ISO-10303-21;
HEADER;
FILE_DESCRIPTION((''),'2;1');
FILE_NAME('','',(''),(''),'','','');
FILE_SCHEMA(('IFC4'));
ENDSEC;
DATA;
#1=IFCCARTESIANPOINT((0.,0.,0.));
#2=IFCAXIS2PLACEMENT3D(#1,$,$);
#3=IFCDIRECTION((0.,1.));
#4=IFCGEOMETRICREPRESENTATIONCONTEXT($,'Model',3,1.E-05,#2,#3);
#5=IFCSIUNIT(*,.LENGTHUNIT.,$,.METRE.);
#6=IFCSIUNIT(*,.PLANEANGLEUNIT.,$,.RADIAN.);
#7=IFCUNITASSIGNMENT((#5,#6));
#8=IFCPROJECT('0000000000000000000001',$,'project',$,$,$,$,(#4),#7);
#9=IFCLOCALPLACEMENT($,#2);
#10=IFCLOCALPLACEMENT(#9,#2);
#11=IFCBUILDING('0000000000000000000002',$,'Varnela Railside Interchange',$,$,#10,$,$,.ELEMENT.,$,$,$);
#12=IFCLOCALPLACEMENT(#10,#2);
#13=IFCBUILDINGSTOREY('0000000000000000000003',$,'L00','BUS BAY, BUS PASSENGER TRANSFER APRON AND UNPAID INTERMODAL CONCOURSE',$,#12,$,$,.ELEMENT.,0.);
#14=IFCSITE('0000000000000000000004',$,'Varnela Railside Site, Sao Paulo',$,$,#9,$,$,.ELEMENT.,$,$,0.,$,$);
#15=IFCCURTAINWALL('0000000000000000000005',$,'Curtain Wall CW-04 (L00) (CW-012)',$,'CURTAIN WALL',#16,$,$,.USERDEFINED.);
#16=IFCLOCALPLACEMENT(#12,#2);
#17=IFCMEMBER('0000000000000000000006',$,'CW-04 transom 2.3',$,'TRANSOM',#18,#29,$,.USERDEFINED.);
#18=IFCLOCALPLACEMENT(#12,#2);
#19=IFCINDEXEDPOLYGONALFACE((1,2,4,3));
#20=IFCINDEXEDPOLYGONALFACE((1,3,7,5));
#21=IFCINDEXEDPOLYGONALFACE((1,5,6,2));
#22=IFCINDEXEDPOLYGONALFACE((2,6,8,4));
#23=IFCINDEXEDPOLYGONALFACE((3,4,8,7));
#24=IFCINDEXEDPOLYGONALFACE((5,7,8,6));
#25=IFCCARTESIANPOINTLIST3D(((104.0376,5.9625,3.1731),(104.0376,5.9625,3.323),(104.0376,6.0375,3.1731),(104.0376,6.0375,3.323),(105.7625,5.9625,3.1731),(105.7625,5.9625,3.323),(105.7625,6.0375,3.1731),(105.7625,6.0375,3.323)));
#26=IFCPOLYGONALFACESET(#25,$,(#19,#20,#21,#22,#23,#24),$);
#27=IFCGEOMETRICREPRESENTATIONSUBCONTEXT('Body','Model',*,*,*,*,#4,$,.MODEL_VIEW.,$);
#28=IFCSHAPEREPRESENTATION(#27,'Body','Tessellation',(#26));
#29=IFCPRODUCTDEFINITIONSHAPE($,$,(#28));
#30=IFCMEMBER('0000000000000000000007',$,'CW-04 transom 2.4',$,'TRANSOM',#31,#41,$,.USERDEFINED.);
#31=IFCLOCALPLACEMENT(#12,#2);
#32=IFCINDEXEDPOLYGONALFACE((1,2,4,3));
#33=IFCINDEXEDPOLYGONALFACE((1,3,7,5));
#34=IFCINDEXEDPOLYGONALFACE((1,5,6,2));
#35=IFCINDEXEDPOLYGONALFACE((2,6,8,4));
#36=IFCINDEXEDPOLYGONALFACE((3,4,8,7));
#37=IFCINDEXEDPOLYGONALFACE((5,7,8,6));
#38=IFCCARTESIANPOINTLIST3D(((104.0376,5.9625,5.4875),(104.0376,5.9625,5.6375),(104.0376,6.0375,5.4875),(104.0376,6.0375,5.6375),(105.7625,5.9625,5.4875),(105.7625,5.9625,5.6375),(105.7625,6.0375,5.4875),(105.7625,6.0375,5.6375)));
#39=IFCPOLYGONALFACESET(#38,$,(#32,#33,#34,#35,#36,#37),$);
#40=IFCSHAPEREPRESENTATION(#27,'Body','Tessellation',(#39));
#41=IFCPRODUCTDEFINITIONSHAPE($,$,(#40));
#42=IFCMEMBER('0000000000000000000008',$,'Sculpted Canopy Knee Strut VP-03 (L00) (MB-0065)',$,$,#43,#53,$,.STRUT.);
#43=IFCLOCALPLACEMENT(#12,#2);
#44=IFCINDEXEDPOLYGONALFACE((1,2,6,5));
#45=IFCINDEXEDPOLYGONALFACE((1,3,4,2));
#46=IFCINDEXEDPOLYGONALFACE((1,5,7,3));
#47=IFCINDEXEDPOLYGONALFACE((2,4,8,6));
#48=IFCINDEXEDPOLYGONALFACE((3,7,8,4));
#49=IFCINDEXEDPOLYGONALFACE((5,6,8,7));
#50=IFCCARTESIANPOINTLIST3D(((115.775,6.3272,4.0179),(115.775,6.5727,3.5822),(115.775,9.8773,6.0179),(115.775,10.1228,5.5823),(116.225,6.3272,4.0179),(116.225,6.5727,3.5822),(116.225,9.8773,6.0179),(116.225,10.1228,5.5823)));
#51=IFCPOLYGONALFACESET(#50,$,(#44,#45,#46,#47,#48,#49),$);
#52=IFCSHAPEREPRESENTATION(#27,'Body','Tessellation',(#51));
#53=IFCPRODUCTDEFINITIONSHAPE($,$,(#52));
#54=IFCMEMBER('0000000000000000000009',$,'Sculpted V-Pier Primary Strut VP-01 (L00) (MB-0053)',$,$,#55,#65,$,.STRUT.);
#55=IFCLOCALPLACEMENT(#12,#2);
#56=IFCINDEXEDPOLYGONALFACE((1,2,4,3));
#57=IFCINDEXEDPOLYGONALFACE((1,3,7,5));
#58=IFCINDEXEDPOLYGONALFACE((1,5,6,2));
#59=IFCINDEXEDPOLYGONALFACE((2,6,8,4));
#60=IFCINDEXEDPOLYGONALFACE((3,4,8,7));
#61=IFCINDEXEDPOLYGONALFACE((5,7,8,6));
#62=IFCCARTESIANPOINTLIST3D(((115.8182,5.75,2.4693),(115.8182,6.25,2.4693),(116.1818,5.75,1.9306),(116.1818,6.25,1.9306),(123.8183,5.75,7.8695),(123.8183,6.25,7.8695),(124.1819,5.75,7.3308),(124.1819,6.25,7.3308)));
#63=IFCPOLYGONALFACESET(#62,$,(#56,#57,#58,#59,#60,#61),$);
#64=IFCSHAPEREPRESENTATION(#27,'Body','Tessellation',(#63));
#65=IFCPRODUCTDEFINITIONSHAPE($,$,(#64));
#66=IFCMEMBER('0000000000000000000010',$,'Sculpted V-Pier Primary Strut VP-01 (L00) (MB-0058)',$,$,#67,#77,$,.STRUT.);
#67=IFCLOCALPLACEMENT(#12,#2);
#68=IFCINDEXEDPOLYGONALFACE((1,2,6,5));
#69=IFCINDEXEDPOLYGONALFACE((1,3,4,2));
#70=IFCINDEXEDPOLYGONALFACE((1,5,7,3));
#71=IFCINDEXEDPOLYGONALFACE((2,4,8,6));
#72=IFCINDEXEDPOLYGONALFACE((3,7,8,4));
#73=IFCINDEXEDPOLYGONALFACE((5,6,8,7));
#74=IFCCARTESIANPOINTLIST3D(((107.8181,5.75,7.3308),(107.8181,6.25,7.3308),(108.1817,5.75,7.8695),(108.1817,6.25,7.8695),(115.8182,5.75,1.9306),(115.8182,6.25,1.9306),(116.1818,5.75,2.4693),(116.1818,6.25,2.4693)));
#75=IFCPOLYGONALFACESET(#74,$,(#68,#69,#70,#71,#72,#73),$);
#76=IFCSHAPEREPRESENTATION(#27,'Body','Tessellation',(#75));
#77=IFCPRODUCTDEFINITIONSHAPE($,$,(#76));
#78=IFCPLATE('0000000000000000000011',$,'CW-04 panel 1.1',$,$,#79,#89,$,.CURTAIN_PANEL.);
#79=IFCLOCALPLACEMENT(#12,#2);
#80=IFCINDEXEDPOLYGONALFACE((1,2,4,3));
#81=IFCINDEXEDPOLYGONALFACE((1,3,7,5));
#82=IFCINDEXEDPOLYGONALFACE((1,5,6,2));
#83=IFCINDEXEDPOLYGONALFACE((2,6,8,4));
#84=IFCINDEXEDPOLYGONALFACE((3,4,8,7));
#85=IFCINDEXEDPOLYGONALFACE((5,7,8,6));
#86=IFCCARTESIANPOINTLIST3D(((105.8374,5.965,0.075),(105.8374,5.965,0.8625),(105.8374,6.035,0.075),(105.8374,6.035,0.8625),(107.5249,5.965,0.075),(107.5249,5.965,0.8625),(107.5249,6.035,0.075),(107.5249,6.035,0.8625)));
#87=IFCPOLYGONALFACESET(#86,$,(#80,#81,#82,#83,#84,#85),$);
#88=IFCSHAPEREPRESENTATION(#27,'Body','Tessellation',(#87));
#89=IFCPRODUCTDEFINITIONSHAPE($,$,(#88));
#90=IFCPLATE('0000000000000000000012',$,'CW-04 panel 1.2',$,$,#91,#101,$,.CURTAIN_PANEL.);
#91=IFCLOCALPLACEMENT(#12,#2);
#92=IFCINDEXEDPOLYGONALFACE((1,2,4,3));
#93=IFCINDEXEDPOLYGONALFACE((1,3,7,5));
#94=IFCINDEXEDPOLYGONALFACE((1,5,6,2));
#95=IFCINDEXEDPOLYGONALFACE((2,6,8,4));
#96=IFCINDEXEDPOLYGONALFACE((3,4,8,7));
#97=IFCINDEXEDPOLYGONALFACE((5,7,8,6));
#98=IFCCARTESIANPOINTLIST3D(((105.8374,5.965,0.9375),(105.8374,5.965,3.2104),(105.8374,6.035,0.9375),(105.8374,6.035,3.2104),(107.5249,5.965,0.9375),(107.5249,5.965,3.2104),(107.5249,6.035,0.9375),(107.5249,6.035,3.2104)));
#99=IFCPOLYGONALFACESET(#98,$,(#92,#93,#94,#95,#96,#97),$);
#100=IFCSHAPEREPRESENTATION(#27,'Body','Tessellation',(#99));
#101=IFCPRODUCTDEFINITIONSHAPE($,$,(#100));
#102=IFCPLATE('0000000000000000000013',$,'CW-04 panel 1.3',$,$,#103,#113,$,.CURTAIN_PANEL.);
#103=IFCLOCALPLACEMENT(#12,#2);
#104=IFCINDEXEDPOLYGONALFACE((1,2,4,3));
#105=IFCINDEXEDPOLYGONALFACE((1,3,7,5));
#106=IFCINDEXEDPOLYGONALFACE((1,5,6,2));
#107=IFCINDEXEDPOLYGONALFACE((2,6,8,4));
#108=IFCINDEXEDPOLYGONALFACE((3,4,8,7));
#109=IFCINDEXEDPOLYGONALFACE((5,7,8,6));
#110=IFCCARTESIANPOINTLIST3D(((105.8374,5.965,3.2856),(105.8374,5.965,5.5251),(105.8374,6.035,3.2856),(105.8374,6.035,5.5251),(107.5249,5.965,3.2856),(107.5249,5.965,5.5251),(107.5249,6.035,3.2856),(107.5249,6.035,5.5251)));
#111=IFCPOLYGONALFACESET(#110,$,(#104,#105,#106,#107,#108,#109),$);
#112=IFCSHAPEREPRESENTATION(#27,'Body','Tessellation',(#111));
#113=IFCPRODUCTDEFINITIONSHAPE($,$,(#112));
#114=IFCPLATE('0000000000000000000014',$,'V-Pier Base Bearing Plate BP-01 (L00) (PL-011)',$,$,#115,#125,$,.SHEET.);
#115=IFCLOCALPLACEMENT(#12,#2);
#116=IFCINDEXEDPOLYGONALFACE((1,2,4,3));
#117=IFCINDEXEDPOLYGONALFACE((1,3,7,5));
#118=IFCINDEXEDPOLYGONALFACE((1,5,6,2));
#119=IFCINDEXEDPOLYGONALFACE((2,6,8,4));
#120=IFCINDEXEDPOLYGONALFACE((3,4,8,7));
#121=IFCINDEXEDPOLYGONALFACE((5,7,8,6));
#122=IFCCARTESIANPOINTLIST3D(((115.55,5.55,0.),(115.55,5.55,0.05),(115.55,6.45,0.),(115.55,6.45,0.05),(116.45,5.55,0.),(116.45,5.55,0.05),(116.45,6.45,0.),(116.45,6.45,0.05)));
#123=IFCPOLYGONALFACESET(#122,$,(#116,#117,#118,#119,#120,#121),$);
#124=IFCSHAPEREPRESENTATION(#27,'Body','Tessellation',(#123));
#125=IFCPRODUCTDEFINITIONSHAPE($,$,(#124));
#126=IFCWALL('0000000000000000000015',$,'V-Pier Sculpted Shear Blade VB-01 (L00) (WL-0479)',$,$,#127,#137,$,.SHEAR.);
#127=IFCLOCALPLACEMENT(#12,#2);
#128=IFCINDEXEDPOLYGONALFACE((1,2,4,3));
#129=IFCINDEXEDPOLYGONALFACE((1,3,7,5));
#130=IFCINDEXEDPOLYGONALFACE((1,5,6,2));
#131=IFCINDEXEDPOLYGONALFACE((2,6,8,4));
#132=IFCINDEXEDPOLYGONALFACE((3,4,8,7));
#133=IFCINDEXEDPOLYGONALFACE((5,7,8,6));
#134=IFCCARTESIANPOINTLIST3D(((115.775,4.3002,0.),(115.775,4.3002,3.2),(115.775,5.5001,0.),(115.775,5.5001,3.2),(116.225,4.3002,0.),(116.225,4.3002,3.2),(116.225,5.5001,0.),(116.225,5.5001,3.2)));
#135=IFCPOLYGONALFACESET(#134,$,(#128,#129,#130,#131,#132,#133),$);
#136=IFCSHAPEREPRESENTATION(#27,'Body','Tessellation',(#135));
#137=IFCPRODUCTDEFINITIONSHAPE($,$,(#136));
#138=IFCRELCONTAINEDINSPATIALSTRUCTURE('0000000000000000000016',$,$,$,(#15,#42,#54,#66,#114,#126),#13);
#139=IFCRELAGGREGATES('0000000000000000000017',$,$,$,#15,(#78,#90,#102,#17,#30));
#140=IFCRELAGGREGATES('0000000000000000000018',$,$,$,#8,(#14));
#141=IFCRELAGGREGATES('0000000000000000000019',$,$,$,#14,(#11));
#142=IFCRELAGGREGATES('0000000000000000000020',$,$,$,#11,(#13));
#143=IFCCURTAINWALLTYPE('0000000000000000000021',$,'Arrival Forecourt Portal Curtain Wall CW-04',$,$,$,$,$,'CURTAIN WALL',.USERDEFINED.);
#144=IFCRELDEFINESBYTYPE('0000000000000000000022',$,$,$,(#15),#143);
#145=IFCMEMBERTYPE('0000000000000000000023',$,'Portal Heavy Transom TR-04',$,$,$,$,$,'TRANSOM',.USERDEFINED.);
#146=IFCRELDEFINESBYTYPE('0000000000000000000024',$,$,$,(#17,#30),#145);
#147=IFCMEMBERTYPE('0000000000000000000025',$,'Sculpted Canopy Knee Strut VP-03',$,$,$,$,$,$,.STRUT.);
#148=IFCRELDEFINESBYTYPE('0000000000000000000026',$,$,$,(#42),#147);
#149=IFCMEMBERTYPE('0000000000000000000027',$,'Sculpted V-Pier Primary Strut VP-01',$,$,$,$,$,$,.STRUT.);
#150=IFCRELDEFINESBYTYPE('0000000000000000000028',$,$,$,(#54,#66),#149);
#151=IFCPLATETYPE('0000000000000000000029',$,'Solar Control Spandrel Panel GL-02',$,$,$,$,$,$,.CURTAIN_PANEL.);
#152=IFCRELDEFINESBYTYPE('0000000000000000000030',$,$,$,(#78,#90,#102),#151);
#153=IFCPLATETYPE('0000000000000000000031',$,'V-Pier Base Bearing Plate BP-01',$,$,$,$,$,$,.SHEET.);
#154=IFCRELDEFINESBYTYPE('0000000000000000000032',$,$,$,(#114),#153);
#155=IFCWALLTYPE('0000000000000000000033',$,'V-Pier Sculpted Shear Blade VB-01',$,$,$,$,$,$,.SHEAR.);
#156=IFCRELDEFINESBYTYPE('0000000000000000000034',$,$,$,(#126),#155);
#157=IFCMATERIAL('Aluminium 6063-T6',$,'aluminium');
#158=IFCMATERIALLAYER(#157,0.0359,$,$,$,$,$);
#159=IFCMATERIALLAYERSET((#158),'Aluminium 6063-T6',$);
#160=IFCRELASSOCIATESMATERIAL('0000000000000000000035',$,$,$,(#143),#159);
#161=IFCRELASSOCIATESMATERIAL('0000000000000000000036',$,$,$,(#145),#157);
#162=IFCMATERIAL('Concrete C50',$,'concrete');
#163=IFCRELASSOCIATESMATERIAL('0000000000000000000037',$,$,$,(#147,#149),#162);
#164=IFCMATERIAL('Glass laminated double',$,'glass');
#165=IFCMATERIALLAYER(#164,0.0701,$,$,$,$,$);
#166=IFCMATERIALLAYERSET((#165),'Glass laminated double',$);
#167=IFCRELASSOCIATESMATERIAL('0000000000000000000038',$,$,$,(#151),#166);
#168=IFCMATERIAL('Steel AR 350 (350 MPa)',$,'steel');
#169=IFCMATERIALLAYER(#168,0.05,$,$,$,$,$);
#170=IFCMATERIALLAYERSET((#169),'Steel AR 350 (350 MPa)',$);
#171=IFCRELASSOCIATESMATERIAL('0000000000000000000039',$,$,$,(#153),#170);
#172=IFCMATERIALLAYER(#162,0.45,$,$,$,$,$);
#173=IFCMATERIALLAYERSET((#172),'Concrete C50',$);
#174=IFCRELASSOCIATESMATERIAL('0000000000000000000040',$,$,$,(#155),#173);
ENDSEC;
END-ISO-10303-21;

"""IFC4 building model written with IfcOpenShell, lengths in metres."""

from ifc_helpers import new_model, si_unit, direction, frame, frame_2d, origin, origin_2d, place, context, subcontext, project, spatial, rectangle, extrude, material, layer, layer_set, material_profile, profile_set, type_object, element, aggregate, save


model = new_model("IFC4")

# Units and contexts
model_context = context("Model", 3, precision=1e-05, world=origin(), true_north=direction((0.0, 1.0)))
body_context = subcontext(model_context, "Body", "Model", "MODEL_VIEW")
ifc_project = project(units=[si_unit("LENGTHUNIT", "METRE"), si_unit("PLANEANGLEUNIT", "RADIAN")], contexts=[model_context])

# Site, building, storey
site_placement = place(None, origin())
site = spatial("IfcSite", under=ifc_project, at=site_placement, Name="Varnela Railside Site, Sao Paulo", CompositionType="ELEMENT", RefElevation=0.0)
building_placement = place(site_placement, origin())
building = spatial("IfcBuilding", under=site, at=building_placement, Name="Varnela Railside Interchange", CompositionType="ELEMENT")
storey_placement = place(building_placement, origin())
storey = spatial("IfcBuildingStorey", under=building, at=storey_placement, Name="L00", Description="BUS BAY, BUS PASSENGER TRANSFER APRON AND UNPAID INTERMODAL CONCOURSE", CompositionType="ELEMENT", Elevation=0.0)

# Shared definitions
ifc_material_1 = material(Name="Concrete C50", Category="concrete")

# Shared definitions
ifc_material_2 = material(Name="Aluminium 6063-T6", Category="aluminium")
ifc_layer_1 = layer(ifc_material_2, 0.0359)
ifc_layer_set_1 = layer_set([ifc_layer_1], Name="Aluminium 6063-T6")
curtain_wall_type = type_object("IfcCurtainWallType", Name="Arrival Forecourt Portal Curtain Wall CW-04", ElementType="CURTAIN WALL", PredefinedType="USERDEFINED", material=ifc_layer_set_1)

# Curtain wall, members
curtain_wall_1_placement = place(storey_placement, origin())
curtain_wall_1 = element("IfcCurtainWall", 1, at=curtain_wall_1_placement, inside=storey, type_object=curtain_wall_type, Name="Curtain Wall CW-04 (L00) (CW-012)", ObjectType="CURTAIN WALL", PredefinedType="USERDEFINED")
ifc_material_profile_1 = material_profile(ifc_material_2, rectangle(XDim=0.075, YDim=0.1499, at=origin_2d()), Name="ALU 75x150")
ifc_profile_set_1 = profile_set([ifc_material_profile_1], Name="Aluminium 6063-T6")
member_type_1 = type_object("IfcMemberType", Name="Portal Heavy Transom TR-04", ElementType="TRANSOM", PredefinedType="USERDEFINED", material=ifc_profile_set_1)
member_1_placement = place(storey_placement, frame((105.7625, 6.0, 3.248), z_axis=(-1.0, 0.0, 0.0), x_axis=(0.0, -1.0, 0.0)))
member_1 = element("IfcMember", 2, at=member_1_placement, type_object=member_type_1, Name="CW-04 transom 2.3", ObjectType="TRANSOM", PredefinedType="USERDEFINED", context=body_context, shape_type="SweptSolid", body=[
    extrude(rectangle(XDim=0.075, YDim=0.1499, at=origin_2d()), origin(), (0.0, 0.0, 1.0), 1.7249),
])
member_2_placement = place(storey_placement, frame((105.7625, 6.0, 5.5625), z_axis=(-1.0, 0.0, 0.0), x_axis=(0.0, -1.0, 0.0)))
member_2 = element("IfcMember", 3, at=member_2_placement, type_object=member_type_1, Name="CW-04 transom 2.4", ObjectType="TRANSOM", PredefinedType="USERDEFINED", context=body_context, shape_type="SweptSolid", body=[
    extrude(rectangle(XDim=0.075, YDim=0.1499, at=origin_2d()), origin(), (0.0, 0.0, 1.0), 1.7249),
])

# Members
ifc_material_profile_2 = material_profile(ifc_material_1, rectangle(XDim=0.45, YDim=0.5, at=origin_2d()), Name="RC 450x500")
ifc_profile_set_2 = profile_set([ifc_material_profile_2], Name="Concrete C50")
member_type_2 = type_object("IfcMemberType", Name="Sculpted Canopy Knee Strut VP-03", PredefinedType="STRUT", material=ifc_profile_set_2)
member_3_placement = place(storey_placement, frame((116.0, 6.45, 3.8), z_axis=(0.0, 0.871251, 0.490839), x_axis=(-1.0, 0.0, 0.0)))
element("IfcMember", 4, at=member_3_placement, inside=storey, type_object=member_type_2, Name="Sculpted Canopy Knee Strut VP-03 (L00) (MB-0065)", PredefinedType="STRUT", context=body_context, shape_type="SweptSolid", body=[
    extrude(rectangle(XDim=0.45, YDim=0.5, at=origin_2d()), origin(), (0.0, 0.0, 1.0), 4.0747),
])
ifc_material_profile_3 = material_profile(ifc_material_1, rectangle(XDim=0.5, YDim=0.6499, at=origin_2d()), Name="RC 500x650")
ifc_profile_set_3 = profile_set([ifc_material_profile_3], Name="Concrete C50")
member_type_3 = type_object("IfcMemberType", Name="Sculpted V-Pier Primary Strut VP-01", PredefinedType="STRUT", material=ifc_profile_set_3)
for number, where, z_axis, x_axis, name in (
    (5, (116.0, 6.0, 2.2), (0.828842, 0.0, 0.559483), (0.0, 1.0, 0.0), "Sculpted V-Pier Primary Strut VP-01 (L00) (MB-0053)"),
    (6, (116.0, 6.0, 2.2), (-0.828842, 0.0, 0.559483), (0.0, -1.0, 0.0), "Sculpted V-Pier Primary Strut VP-01 (L00) (MB-0058)"),
):
    element("IfcMember", number, at=place(storey_placement, frame(where, z_axis=z_axis, x_axis=x_axis)), inside=storey, type_object=member_type_3, Name=name, PredefinedType="STRUT", context=body_context, shape_type="SweptSolid", body=[
        extrude(rectangle(XDim=0.5, YDim=0.6499, at=origin_2d()), origin(), (0.0, 0.0, 1.0), 9.6521),
    ])

# Plates
ifc_material_3 = material(Name="Glass laminated double", Category="glass")
ifc_layer_2 = layer(ifc_material_3, 0.0701)
ifc_layer_set_2 = layer_set([ifc_layer_2], Name="Glass laminated double")
plate_type_1 = type_object("IfcPlateType", Name="Solar Control Spandrel Panel GL-02", PredefinedType="CURTAIN_PANEL", material=ifc_layer_set_2)
plate_1_placement = place(storey_placement, frame((106.6812, 6.0, 0.075), z_axis=(0.0, 0.0, 1.0), x_axis=(-1.0, 0.0, 0.0)))
plate_1 = element("IfcPlate", 7, at=plate_1_placement, type_object=plate_type_1, Name="CW-04 panel 1.1", PredefinedType="CURTAIN_PANEL", context=body_context, shape_type="SweptSolid", body=[
    extrude(rectangle(XDim=1.6875, YDim=0.0701, at=origin_2d()), origin(), (0.0, 0.0, 1.0), 0.7876),
])
plate_2_placement = place(storey_placement, frame((106.6812, 6.0, 0.9375), z_axis=(0.0, 0.0, 1.0), x_axis=(-1.0, 0.0, 0.0)))
plate_2 = element("IfcPlate", 8, at=plate_2_placement, type_object=plate_type_1, Name="CW-04 panel 1.2", PredefinedType="CURTAIN_PANEL", context=body_context, shape_type="SweptSolid", body=[
    extrude(rectangle(XDim=1.6875, YDim=0.0701, at=origin_2d()), origin(), (0.0, 0.0, 1.0), 2.2729),
])
plate_3_placement = place(storey_placement, frame((106.6812, 6.0, 3.2856), z_axis=(0.0, 0.0, 1.0), x_axis=(-1.0, 0.0, 0.0)))
plate_3 = element("IfcPlate", 9, at=plate_3_placement, type_object=plate_type_1, Name="CW-04 panel 1.3", PredefinedType="CURTAIN_PANEL", context=body_context, shape_type="SweptSolid", body=[
    extrude(rectangle(XDim=1.6875, YDim=0.0701, at=origin_2d()), origin(), (0.0, 0.0, 1.0), 2.2395),
])
aggregate(curtain_wall_1, [plate_1, plate_2, plate_3, member_1, member_2])
ifc_material_4 = material(Name="Steel AR 350 (350 MPa)", Category="steel")
ifc_layer_3 = layer(ifc_material_4, 0.05)
ifc_layer_set_3 = layer_set([ifc_layer_3], Name="Steel AR 350 (350 MPa)")
plate_type_2 = type_object("IfcPlateType", Name="V-Pier Base Bearing Plate BP-01", PredefinedType="SHEET", material=ifc_layer_set_3)
plate_4_placement = place(storey_placement, frame((116.0, 6.0, 0.0), z_axis=(0.0, 0.0, 1.0), x_axis=(1.0, 0.0, 0.0)))
element("IfcPlate", 10, at=plate_4_placement, inside=storey, type_object=plate_type_2, Name="V-Pier Base Bearing Plate BP-01 (L00) (PL-011)", PredefinedType="SHEET", context=body_context, shape_type="SweptSolid", body=[
    extrude(rectangle(XDim=0.8999, YDim=0.8999, at=origin_2d()), origin(), (0.0, 0.0, 1.0), 0.05),
])

# Wall
ifc_layer_4 = layer(ifc_material_1, 0.45)
ifc_layer_set_4 = layer_set([ifc_layer_4], Name="Concrete C50")
wall_type_1 = type_object("IfcWallType", Name="V-Pier Sculpted Shear Blade VB-01", PredefinedType="SHEAR", material=ifc_layer_set_4)
wall_1_placement = place(storey_placement, frame((116.0, 4.3, 0.0), z_axis=(0.0, 0.0, 1.0), x_axis=(0.0, 1.0, 0.0)))
element("IfcWall", 11, at=wall_1_placement, inside=storey, type_object=wall_type_1, Name="V-Pier Sculpted Shear Blade VB-01 (L00) (WL-0479)", PredefinedType="SHEAR", context=body_context, shape_type="SweptSolid", body=[
    extrude(rectangle(XDim=1.2, YDim=0.45, at=frame_2d((0.6001, 0.0))), origin(), (0.0, 0.0, 1.0), 3.2),
])

save(model, "model.ifc")
